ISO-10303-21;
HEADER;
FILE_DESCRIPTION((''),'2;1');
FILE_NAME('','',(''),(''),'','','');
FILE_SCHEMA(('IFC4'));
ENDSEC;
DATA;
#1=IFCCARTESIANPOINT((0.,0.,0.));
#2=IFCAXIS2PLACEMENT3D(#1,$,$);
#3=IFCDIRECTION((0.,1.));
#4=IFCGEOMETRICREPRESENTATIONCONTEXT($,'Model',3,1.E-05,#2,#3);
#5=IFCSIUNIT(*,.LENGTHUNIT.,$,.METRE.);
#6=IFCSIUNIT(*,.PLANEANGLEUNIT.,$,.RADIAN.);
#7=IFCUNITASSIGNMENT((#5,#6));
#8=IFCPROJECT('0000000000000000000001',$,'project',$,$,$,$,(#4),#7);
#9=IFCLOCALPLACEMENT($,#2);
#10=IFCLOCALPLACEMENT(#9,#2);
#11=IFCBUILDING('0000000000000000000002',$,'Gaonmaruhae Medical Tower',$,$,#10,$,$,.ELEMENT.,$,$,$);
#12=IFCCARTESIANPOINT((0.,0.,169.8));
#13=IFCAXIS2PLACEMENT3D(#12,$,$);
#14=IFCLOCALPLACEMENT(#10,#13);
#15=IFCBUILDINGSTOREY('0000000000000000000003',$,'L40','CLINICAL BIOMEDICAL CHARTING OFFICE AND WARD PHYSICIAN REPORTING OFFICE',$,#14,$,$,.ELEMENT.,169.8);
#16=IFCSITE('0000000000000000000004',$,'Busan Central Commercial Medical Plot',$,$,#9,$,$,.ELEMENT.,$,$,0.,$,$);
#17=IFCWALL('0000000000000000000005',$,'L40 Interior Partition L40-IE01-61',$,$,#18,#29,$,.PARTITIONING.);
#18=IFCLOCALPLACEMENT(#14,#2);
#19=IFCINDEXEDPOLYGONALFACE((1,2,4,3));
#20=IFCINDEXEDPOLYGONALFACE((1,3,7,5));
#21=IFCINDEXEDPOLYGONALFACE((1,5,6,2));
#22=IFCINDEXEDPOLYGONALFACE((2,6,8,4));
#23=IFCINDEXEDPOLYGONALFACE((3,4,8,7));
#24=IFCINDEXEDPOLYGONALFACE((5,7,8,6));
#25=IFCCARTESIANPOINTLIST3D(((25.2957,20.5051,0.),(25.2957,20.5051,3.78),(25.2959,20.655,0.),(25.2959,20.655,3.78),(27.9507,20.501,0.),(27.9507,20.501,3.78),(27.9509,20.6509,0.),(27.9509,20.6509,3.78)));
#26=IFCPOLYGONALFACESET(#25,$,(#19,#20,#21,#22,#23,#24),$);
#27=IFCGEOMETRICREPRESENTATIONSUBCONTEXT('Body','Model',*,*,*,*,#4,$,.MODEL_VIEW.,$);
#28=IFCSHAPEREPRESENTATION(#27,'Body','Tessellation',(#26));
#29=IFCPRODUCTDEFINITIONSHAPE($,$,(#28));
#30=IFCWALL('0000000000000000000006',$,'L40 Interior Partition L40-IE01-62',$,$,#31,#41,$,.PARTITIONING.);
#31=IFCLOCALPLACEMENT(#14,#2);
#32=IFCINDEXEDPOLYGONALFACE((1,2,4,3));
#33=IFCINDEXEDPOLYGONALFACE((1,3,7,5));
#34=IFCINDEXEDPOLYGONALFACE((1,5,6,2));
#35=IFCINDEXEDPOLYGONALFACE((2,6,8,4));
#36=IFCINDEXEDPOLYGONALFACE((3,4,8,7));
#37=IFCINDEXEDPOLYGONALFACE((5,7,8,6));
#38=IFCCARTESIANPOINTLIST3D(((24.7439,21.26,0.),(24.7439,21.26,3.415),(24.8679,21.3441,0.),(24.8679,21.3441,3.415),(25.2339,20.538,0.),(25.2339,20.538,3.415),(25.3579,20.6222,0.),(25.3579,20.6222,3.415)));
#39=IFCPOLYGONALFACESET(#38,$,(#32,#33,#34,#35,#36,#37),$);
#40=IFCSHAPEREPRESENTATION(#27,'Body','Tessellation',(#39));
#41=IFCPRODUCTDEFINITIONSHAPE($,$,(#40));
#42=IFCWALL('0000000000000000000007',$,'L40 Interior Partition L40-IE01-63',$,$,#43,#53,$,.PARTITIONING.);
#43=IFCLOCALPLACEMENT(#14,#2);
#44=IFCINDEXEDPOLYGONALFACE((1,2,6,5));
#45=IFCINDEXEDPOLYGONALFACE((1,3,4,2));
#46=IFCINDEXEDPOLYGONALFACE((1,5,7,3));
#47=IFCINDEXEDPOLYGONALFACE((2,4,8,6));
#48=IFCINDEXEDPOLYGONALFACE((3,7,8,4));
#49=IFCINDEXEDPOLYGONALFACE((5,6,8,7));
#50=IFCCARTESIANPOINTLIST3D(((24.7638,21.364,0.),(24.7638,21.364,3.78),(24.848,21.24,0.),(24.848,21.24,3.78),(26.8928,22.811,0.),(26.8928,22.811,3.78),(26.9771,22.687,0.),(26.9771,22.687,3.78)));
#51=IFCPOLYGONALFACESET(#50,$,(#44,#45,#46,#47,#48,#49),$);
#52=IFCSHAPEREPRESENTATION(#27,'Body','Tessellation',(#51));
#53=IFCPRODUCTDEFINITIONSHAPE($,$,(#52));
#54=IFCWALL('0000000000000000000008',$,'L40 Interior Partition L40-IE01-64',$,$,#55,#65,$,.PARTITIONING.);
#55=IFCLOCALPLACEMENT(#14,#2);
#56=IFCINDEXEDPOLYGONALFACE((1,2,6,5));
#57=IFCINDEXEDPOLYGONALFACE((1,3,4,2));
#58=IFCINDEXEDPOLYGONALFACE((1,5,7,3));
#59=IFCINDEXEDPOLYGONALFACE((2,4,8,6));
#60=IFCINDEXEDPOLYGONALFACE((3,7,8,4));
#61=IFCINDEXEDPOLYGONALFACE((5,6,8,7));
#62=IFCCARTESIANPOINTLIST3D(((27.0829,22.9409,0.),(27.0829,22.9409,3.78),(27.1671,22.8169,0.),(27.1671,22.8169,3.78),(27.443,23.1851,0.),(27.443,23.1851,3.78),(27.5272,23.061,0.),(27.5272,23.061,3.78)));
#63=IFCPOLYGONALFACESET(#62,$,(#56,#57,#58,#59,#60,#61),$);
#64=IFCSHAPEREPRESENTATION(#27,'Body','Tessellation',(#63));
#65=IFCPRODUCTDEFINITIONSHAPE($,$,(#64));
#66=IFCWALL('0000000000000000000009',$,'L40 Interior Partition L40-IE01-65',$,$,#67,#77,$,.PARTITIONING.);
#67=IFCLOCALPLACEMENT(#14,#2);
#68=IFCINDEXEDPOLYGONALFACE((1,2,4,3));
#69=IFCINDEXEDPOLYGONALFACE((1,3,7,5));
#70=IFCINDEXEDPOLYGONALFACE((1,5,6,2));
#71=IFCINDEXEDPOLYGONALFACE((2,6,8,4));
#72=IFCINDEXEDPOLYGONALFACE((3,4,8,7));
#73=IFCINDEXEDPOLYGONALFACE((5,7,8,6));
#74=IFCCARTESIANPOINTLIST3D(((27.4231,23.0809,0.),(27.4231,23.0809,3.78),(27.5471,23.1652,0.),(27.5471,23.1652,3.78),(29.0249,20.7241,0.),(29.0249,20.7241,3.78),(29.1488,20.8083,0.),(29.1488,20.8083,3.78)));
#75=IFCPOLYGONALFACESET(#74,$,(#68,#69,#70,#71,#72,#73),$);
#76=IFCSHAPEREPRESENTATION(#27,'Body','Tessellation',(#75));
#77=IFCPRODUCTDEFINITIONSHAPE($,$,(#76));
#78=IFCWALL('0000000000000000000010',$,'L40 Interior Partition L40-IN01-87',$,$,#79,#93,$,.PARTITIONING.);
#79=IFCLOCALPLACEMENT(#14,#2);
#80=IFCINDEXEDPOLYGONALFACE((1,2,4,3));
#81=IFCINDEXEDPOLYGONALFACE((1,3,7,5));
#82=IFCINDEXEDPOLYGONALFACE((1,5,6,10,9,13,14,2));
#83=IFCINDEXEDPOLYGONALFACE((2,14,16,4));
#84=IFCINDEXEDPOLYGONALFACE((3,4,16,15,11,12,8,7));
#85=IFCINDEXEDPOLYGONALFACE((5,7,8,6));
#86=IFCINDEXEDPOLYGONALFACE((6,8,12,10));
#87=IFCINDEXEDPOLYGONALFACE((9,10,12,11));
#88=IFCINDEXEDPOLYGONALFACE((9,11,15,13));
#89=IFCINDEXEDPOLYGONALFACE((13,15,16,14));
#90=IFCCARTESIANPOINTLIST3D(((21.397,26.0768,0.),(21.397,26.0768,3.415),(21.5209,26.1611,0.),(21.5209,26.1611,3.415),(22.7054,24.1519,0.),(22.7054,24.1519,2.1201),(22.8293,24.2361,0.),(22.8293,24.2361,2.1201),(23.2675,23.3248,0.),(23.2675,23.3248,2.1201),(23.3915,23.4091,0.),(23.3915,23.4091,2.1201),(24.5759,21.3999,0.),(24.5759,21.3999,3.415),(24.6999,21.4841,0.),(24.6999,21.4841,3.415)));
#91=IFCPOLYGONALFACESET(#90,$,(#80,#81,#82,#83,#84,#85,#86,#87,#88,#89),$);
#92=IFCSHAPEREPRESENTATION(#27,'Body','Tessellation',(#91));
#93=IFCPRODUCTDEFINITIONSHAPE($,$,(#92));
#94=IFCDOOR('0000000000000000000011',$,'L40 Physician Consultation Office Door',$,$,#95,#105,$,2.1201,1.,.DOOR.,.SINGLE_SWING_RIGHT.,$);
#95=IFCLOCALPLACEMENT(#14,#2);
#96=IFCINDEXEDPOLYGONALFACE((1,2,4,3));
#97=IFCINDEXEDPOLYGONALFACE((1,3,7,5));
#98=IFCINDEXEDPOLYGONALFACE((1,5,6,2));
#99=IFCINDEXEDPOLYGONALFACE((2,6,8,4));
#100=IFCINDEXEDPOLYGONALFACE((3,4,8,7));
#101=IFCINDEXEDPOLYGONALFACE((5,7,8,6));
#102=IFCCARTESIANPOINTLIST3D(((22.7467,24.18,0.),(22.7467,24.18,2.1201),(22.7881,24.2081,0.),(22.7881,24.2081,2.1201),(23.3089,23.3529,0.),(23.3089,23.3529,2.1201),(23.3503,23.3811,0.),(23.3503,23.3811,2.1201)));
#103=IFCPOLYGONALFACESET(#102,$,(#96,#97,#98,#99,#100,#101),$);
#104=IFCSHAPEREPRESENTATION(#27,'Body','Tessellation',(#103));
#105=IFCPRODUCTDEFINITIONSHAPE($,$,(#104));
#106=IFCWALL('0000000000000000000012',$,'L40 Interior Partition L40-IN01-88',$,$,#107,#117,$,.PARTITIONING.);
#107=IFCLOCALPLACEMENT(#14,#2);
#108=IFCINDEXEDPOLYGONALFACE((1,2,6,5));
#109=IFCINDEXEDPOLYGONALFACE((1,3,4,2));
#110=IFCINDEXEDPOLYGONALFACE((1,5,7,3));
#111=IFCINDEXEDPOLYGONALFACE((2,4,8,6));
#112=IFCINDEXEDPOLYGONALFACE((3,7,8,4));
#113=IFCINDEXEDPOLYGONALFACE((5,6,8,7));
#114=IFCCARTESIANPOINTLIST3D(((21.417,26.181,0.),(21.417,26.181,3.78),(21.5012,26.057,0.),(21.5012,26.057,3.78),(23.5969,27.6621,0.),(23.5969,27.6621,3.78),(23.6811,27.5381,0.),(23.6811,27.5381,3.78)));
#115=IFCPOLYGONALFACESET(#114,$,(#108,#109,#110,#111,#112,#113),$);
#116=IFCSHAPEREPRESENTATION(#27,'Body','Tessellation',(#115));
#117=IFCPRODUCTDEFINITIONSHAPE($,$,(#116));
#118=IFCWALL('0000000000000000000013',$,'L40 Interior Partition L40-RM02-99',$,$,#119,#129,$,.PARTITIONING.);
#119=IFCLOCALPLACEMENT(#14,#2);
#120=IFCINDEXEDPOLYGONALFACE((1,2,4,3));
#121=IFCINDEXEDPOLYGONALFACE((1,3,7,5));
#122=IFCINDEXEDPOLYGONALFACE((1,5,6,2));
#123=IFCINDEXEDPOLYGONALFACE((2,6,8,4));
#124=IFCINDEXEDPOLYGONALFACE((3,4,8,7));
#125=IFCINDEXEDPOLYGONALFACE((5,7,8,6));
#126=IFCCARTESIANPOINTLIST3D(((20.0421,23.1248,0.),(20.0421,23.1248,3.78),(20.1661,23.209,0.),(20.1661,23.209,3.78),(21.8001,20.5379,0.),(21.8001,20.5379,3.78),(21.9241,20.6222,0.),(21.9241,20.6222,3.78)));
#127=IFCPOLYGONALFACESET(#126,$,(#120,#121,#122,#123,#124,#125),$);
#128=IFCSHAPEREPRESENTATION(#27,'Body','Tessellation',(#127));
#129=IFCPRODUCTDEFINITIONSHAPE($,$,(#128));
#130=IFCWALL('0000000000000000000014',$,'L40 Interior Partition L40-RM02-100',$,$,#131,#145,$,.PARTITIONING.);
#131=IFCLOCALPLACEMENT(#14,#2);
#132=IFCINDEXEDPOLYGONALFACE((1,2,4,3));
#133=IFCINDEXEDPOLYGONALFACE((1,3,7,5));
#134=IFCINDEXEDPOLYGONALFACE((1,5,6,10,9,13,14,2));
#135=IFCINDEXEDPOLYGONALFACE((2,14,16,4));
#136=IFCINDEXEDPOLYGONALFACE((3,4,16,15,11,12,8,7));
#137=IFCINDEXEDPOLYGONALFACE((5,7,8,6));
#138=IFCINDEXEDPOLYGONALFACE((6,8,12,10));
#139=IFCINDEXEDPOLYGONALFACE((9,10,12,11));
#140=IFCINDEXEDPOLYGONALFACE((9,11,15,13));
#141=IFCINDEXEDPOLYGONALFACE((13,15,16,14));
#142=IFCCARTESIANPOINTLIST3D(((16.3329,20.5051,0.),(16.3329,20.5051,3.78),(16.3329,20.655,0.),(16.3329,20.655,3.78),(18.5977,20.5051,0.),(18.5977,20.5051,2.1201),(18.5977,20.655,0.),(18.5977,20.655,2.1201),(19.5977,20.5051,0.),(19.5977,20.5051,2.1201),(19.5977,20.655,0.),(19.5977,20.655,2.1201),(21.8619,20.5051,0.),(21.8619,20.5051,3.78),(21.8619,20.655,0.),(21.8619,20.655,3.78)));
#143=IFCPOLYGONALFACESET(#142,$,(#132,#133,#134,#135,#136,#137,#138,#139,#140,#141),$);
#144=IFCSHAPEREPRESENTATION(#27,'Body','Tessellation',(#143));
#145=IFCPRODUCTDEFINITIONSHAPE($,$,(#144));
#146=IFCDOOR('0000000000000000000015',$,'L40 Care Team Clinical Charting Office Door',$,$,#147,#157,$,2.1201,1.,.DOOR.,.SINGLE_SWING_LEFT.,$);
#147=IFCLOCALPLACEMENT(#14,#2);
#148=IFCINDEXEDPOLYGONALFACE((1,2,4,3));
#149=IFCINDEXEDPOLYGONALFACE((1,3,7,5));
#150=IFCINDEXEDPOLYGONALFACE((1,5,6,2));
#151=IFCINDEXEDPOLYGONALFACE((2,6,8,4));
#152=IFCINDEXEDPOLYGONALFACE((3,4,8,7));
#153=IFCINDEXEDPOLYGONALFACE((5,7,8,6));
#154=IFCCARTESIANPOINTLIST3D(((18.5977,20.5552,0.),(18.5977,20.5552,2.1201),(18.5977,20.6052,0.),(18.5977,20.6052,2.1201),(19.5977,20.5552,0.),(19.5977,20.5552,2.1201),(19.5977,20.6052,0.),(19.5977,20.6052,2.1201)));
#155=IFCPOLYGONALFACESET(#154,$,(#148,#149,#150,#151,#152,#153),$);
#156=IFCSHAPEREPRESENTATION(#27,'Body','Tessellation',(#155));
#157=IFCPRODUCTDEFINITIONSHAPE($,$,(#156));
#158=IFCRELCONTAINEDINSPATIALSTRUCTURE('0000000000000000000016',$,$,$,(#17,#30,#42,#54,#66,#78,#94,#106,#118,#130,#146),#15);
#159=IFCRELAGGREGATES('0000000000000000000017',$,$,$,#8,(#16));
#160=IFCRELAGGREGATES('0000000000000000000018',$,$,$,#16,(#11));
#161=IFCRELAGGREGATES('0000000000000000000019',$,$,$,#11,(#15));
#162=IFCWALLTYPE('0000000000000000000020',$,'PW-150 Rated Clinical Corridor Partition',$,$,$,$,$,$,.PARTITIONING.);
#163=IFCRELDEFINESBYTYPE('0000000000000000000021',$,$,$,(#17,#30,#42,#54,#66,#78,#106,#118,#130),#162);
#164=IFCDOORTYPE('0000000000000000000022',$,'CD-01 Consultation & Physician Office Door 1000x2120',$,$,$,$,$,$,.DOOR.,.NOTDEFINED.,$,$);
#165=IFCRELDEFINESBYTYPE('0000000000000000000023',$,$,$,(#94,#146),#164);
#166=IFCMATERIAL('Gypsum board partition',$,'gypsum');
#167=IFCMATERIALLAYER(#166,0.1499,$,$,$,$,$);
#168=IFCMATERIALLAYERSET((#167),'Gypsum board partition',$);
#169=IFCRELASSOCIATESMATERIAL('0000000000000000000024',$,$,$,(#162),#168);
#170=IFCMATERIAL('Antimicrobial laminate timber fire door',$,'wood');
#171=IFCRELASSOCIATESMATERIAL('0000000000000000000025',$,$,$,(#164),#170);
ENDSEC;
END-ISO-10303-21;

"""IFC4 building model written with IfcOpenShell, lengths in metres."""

from ifc_helpers import new_model, si_unit, direction, frame, frame_2d, origin, place, context, subcontext, project, spatial, rectangle, extrude, material, layer, layer_set, type_object, element, fill, save


model = new_model("IFC4")

# Units and contexts
model_context = context("Model", 3, precision=1e-05, world=origin(), true_north=direction((0.0, 1.0)))
body_context = subcontext(model_context, "Body", "Model", "MODEL_VIEW")
ifc_project = project(units=[si_unit("LENGTHUNIT", "METRE"), si_unit("PLANEANGLEUNIT", "RADIAN")], contexts=[model_context])

# Site, building, storey
site_placement = place(None, origin())
site = spatial("IfcSite", under=ifc_project, at=site_placement, Name="Busan Central Commercial Medical Plot", CompositionType="ELEMENT", RefElevation=0.0)
building_placement = place(site_placement, origin())
building = spatial("IfcBuilding", under=site, at=building_placement, Name="Gaonmaruhae Medical Tower", CompositionType="ELEMENT")
storey_placement = place(building_placement, frame((0.0, 0.0, 169.8)))
storey = spatial("IfcBuildingStorey", under=building, at=storey_placement, Name="L40", Description="CLINICAL BIOMEDICAL CHARTING OFFICE AND WARD PHYSICIAN REPORTING OFFICE", CompositionType="ELEMENT", Elevation=169.8)

# Walls
ifc_material_1 = material(Name="Gypsum board partition", Category="gypsum")
ifc_layer_1 = layer(ifc_material_1, 0.1499)
ifc_layer_set_1 = layer_set([ifc_layer_1], Name="Gypsum board partition")
wall_type = type_object("IfcWallType", Name="PW-150 Rated Clinical Corridor Partition", PredefinedType="PARTITIONING", material=ifc_layer_set_1)
wall_1_placement = place(storey_placement, frame((27.9509, 20.5759, 0.0), z_axis=(0.0, 0.0, 1.0), x_axis=(-0.999999, 0.001563, 0.0)))
element("IfcWall", 1, at=wall_1_placement, inside=storey, type_object=wall_type, Name="L40 Interior Partition L40-IE01-61", PredefinedType="PARTITIONING", context=body_context, shape_type="SweptSolid", body=[
    extrude(rectangle(XDim=2.655, YDim=0.1499, at=frame_2d((1.3276, 0.0))), origin(), (0.0, 0.0, 1.0), 3.78),
])
wall_2_placement = place(storey_placement, frame((25.2959, 20.5801, 0.0), z_axis=(0.0, 0.0, 1.0), x_axis=(-0.56159, 0.827415, 0.0)))
element("IfcWall", 2, at=wall_2_placement, inside=storey, type_object=wall_type, Name="L40 Interior Partition L40-IE01-62", PredefinedType="PARTITIONING", context=body_context, shape_type="SweptSolid", body=[
    extrude(rectangle(XDim=0.8726, YDim=0.1499, at=frame_2d((0.4363, 0.0))), origin(), (0.0, 0.0, 1.0), 3.415),
])
wall_3_placement = place(storey_placement, frame((24.8059, 21.302, 0.0), z_axis=(0.0, 0.0, 1.0), x_axis=(0.827071, 0.562097, 0.0)))
element("IfcWall", 3, at=wall_3_placement, inside=storey, type_object=wall_type, Name="L40 Interior Partition L40-IE01-63", PredefinedType="PARTITIONING", context=body_context, shape_type="SweptSolid", body=[
    extrude(rectangle(XDim=2.5742, YDim=0.1499, at=frame_2d((1.2871, 0.0))), origin(), (0.0, 0.0, 1.0), 3.78),
])
wall_4_placement = place(storey_placement, frame((27.125, 22.8789, 0.0), z_axis=(0.0, 0.0, 1.0), x_axis=(0.827708, 0.561158, 0.0)))
element("IfcWall", 4, at=wall_4_placement, inside=storey, type_object=wall_type, Name="L40 Interior Partition L40-IE01-64", PredefinedType="PARTITIONING", context=body_context, shape_type="SweptSolid", body=[
    extrude(rectangle(XDim=0.4351, YDim=0.1499, at=frame_2d((0.2175, 0.0))), origin(), (0.0, 0.0, 1.0), 3.78),
])
wall_5_placement = place(storey_placement, frame((27.4851, 23.123, 0.0), z_axis=(0.0, 0.0, 1.0), x_axis=(0.562092, -0.827075, 0.0)))
element("IfcWall", 5, at=wall_5_placement, inside=storey, type_object=wall_type, Name="L40 Interior Partition L40-IE01-65", PredefinedType="PARTITIONING", context=body_context, shape_type="SweptSolid", body=[
    extrude(rectangle(XDim=2.8496, YDim=0.1499, at=frame_2d((1.4248, 0.0))), origin(), (0.0, 0.0, 1.0), 3.78),
])

# Wall, opening, door
wall_6_placement = place(storey_placement, frame((24.6379, 21.4419, 0.0), z_axis=(0.0, 0.0, 1.0), x_axis=(-0.56214, 0.827042, 0.0)))
wall_6 = element("IfcWall", 6, at=wall_6_placement, inside=storey, type_object=wall_type, Name="L40 Interior Partition L40-IN01-87", PredefinedType="PARTITIONING", context=body_context, shape_type="SweptSolid", body=[
    extrude(rectangle(XDim=5.655, YDim=0.1499, at=frame_2d((2.8276, 0.0))), origin(), (0.0, 0.0, 1.0), 3.415),
])
opening_1_placement = place(wall_6_placement, frame((2.3276, 0.0, 0.0)))
opening_1 = element("IfcOpeningElement", 7, at=opening_1_placement, cuts=wall_6, PredefinedType="OPENING", context=body_context, shape_type="SweptSolid", body=[
    extrude(rectangle(XDim=1.0, YDim=2.1201, at=frame_2d((0.5, 1.0601))), frame((0.0, 0.085, 0.0), z_axis=(0.0, -1.0, 0.0), x_axis=(1.0, 0.0, 0.0)), (0.0, 0.0, 1.0), 0.1699),
])
ifc_material_2 = material(Name="Antimicrobial laminate timber fire door", Category="wood")
door_type = type_object("IfcDoorType", Name="CD-01 Consultation & Physician Office Door 1000x2120", OperationType="NOTDEFINED", PredefinedType="DOOR", material=ifc_material_2)
door_1_placement = place(opening_1_placement, origin())
door_1 = element("IfcDoor", 8, at=door_1_placement, inside=storey, type_object=door_type, Name="L40 Physician Consultation Office Door", OperationType="SINGLE_SWING_RIGHT", OverallHeight=2.1201, OverallWidth=1.0, PredefinedType="DOOR", context=body_context, shape_type="SweptSolid", body=[
    extrude(rectangle(XDim=1.0, YDim=2.1201, at=frame_2d((0.5, 1.0601))), frame((0.0, 0.0249, 0.0), z_axis=(0.0, -1.0, 0.0), x_axis=(1.0, 0.0, 0.0)), (0.0, 0.0, 1.0), 0.05),
])
fill(opening_1, door_1)

# Walls
wall_7_placement = place(storey_placement, frame((21.459, 26.1189, 0.0), z_axis=(0.0, 0.0, 1.0), x_axis=(0.82713, 0.562011, 0.0)))
element("IfcWall", 9, at=wall_7_placement, inside=storey, type_object=wall_type, Name="L40 Interior Partition L40-IN01-88", PredefinedType="PARTITIONING", context=body_context, shape_type="SweptSolid", body=[
    extrude(rectangle(XDim=2.6355, YDim=0.1499, at=frame_2d((1.3179, 0.0))), origin(), (0.0, 0.0, 1.0), 3.78),
])
wall_8_placement = place(storey_placement, frame((20.104, 23.167, 0.0), z_axis=(0.0, 0.0, 1.0), x_axis=(0.562082, -0.827082, 0.0)))
element("IfcWall", 10, at=wall_8_placement, inside=storey, type_object=wall_type, Name="L40 Interior Partition L40-RM02-99", PredefinedType="PARTITIONING", context=body_context, shape_type="SweptSolid", body=[
    extrude(rectangle(XDim=3.1277, YDim=0.1499, at=frame_2d((1.564, 0.0))), origin(), (0.0, 0.0, 1.0), 3.78),
])

# Wall, opening, door
wall_9_placement = place(storey_placement, frame((21.8621, 20.5801, 0.0), z_axis=(0.0, 0.0, 1.0), x_axis=(-1.0, 0.0, 0.0)))
wall_9 = element("IfcWall", 11, at=wall_9_placement, inside=storey, type_object=wall_type, Name="L40 Interior Partition L40-RM02-100", PredefinedType="PARTITIONING", context=body_context, shape_type="SweptSolid", body=[
    extrude(rectangle(XDim=5.5291, YDim=0.1499, at=frame_2d((2.7646, 0.0))), origin(), (0.0, 0.0, 1.0), 3.78),
])
opening_2_placement = place(wall_9_placement, frame((2.2644, 0.0, 0.0)))
opening_2 = element("IfcOpeningElement", 12, at=opening_2_placement, cuts=wall_9, PredefinedType="OPENING", context=body_context, shape_type="SweptSolid", body=[
    extrude(rectangle(XDim=1.0, YDim=2.1201, at=frame_2d((0.5, 1.0601))), frame((0.0, 0.085, 0.0), z_axis=(0.0, -1.0, 0.0), x_axis=(1.0, 0.0, 0.0)), (0.0, 0.0, 1.0), 0.1699),
])
door_2_placement = place(opening_2_placement, origin())
door_2 = element("IfcDoor", 13, at=door_2_placement, inside=storey, type_object=door_type, Name="L40 Care Team Clinical Charting Office Door", OperationType="SINGLE_SWING_LEFT", OverallHeight=2.1201, OverallWidth=1.0, PredefinedType="DOOR", context=body_context, shape_type="SweptSolid", body=[
    extrude(rectangle(XDim=1.0, YDim=2.1201, at=frame_2d((0.5, 1.0601))), frame((0.0, 0.0249, 0.0), z_axis=(0.0, -1.0, 0.0), x_axis=(1.0, 0.0, 0.0)), (0.0, 0.0, 1.0), 0.05),
])
fill(opening_2, door_2)

save(model, "model.ifc")
